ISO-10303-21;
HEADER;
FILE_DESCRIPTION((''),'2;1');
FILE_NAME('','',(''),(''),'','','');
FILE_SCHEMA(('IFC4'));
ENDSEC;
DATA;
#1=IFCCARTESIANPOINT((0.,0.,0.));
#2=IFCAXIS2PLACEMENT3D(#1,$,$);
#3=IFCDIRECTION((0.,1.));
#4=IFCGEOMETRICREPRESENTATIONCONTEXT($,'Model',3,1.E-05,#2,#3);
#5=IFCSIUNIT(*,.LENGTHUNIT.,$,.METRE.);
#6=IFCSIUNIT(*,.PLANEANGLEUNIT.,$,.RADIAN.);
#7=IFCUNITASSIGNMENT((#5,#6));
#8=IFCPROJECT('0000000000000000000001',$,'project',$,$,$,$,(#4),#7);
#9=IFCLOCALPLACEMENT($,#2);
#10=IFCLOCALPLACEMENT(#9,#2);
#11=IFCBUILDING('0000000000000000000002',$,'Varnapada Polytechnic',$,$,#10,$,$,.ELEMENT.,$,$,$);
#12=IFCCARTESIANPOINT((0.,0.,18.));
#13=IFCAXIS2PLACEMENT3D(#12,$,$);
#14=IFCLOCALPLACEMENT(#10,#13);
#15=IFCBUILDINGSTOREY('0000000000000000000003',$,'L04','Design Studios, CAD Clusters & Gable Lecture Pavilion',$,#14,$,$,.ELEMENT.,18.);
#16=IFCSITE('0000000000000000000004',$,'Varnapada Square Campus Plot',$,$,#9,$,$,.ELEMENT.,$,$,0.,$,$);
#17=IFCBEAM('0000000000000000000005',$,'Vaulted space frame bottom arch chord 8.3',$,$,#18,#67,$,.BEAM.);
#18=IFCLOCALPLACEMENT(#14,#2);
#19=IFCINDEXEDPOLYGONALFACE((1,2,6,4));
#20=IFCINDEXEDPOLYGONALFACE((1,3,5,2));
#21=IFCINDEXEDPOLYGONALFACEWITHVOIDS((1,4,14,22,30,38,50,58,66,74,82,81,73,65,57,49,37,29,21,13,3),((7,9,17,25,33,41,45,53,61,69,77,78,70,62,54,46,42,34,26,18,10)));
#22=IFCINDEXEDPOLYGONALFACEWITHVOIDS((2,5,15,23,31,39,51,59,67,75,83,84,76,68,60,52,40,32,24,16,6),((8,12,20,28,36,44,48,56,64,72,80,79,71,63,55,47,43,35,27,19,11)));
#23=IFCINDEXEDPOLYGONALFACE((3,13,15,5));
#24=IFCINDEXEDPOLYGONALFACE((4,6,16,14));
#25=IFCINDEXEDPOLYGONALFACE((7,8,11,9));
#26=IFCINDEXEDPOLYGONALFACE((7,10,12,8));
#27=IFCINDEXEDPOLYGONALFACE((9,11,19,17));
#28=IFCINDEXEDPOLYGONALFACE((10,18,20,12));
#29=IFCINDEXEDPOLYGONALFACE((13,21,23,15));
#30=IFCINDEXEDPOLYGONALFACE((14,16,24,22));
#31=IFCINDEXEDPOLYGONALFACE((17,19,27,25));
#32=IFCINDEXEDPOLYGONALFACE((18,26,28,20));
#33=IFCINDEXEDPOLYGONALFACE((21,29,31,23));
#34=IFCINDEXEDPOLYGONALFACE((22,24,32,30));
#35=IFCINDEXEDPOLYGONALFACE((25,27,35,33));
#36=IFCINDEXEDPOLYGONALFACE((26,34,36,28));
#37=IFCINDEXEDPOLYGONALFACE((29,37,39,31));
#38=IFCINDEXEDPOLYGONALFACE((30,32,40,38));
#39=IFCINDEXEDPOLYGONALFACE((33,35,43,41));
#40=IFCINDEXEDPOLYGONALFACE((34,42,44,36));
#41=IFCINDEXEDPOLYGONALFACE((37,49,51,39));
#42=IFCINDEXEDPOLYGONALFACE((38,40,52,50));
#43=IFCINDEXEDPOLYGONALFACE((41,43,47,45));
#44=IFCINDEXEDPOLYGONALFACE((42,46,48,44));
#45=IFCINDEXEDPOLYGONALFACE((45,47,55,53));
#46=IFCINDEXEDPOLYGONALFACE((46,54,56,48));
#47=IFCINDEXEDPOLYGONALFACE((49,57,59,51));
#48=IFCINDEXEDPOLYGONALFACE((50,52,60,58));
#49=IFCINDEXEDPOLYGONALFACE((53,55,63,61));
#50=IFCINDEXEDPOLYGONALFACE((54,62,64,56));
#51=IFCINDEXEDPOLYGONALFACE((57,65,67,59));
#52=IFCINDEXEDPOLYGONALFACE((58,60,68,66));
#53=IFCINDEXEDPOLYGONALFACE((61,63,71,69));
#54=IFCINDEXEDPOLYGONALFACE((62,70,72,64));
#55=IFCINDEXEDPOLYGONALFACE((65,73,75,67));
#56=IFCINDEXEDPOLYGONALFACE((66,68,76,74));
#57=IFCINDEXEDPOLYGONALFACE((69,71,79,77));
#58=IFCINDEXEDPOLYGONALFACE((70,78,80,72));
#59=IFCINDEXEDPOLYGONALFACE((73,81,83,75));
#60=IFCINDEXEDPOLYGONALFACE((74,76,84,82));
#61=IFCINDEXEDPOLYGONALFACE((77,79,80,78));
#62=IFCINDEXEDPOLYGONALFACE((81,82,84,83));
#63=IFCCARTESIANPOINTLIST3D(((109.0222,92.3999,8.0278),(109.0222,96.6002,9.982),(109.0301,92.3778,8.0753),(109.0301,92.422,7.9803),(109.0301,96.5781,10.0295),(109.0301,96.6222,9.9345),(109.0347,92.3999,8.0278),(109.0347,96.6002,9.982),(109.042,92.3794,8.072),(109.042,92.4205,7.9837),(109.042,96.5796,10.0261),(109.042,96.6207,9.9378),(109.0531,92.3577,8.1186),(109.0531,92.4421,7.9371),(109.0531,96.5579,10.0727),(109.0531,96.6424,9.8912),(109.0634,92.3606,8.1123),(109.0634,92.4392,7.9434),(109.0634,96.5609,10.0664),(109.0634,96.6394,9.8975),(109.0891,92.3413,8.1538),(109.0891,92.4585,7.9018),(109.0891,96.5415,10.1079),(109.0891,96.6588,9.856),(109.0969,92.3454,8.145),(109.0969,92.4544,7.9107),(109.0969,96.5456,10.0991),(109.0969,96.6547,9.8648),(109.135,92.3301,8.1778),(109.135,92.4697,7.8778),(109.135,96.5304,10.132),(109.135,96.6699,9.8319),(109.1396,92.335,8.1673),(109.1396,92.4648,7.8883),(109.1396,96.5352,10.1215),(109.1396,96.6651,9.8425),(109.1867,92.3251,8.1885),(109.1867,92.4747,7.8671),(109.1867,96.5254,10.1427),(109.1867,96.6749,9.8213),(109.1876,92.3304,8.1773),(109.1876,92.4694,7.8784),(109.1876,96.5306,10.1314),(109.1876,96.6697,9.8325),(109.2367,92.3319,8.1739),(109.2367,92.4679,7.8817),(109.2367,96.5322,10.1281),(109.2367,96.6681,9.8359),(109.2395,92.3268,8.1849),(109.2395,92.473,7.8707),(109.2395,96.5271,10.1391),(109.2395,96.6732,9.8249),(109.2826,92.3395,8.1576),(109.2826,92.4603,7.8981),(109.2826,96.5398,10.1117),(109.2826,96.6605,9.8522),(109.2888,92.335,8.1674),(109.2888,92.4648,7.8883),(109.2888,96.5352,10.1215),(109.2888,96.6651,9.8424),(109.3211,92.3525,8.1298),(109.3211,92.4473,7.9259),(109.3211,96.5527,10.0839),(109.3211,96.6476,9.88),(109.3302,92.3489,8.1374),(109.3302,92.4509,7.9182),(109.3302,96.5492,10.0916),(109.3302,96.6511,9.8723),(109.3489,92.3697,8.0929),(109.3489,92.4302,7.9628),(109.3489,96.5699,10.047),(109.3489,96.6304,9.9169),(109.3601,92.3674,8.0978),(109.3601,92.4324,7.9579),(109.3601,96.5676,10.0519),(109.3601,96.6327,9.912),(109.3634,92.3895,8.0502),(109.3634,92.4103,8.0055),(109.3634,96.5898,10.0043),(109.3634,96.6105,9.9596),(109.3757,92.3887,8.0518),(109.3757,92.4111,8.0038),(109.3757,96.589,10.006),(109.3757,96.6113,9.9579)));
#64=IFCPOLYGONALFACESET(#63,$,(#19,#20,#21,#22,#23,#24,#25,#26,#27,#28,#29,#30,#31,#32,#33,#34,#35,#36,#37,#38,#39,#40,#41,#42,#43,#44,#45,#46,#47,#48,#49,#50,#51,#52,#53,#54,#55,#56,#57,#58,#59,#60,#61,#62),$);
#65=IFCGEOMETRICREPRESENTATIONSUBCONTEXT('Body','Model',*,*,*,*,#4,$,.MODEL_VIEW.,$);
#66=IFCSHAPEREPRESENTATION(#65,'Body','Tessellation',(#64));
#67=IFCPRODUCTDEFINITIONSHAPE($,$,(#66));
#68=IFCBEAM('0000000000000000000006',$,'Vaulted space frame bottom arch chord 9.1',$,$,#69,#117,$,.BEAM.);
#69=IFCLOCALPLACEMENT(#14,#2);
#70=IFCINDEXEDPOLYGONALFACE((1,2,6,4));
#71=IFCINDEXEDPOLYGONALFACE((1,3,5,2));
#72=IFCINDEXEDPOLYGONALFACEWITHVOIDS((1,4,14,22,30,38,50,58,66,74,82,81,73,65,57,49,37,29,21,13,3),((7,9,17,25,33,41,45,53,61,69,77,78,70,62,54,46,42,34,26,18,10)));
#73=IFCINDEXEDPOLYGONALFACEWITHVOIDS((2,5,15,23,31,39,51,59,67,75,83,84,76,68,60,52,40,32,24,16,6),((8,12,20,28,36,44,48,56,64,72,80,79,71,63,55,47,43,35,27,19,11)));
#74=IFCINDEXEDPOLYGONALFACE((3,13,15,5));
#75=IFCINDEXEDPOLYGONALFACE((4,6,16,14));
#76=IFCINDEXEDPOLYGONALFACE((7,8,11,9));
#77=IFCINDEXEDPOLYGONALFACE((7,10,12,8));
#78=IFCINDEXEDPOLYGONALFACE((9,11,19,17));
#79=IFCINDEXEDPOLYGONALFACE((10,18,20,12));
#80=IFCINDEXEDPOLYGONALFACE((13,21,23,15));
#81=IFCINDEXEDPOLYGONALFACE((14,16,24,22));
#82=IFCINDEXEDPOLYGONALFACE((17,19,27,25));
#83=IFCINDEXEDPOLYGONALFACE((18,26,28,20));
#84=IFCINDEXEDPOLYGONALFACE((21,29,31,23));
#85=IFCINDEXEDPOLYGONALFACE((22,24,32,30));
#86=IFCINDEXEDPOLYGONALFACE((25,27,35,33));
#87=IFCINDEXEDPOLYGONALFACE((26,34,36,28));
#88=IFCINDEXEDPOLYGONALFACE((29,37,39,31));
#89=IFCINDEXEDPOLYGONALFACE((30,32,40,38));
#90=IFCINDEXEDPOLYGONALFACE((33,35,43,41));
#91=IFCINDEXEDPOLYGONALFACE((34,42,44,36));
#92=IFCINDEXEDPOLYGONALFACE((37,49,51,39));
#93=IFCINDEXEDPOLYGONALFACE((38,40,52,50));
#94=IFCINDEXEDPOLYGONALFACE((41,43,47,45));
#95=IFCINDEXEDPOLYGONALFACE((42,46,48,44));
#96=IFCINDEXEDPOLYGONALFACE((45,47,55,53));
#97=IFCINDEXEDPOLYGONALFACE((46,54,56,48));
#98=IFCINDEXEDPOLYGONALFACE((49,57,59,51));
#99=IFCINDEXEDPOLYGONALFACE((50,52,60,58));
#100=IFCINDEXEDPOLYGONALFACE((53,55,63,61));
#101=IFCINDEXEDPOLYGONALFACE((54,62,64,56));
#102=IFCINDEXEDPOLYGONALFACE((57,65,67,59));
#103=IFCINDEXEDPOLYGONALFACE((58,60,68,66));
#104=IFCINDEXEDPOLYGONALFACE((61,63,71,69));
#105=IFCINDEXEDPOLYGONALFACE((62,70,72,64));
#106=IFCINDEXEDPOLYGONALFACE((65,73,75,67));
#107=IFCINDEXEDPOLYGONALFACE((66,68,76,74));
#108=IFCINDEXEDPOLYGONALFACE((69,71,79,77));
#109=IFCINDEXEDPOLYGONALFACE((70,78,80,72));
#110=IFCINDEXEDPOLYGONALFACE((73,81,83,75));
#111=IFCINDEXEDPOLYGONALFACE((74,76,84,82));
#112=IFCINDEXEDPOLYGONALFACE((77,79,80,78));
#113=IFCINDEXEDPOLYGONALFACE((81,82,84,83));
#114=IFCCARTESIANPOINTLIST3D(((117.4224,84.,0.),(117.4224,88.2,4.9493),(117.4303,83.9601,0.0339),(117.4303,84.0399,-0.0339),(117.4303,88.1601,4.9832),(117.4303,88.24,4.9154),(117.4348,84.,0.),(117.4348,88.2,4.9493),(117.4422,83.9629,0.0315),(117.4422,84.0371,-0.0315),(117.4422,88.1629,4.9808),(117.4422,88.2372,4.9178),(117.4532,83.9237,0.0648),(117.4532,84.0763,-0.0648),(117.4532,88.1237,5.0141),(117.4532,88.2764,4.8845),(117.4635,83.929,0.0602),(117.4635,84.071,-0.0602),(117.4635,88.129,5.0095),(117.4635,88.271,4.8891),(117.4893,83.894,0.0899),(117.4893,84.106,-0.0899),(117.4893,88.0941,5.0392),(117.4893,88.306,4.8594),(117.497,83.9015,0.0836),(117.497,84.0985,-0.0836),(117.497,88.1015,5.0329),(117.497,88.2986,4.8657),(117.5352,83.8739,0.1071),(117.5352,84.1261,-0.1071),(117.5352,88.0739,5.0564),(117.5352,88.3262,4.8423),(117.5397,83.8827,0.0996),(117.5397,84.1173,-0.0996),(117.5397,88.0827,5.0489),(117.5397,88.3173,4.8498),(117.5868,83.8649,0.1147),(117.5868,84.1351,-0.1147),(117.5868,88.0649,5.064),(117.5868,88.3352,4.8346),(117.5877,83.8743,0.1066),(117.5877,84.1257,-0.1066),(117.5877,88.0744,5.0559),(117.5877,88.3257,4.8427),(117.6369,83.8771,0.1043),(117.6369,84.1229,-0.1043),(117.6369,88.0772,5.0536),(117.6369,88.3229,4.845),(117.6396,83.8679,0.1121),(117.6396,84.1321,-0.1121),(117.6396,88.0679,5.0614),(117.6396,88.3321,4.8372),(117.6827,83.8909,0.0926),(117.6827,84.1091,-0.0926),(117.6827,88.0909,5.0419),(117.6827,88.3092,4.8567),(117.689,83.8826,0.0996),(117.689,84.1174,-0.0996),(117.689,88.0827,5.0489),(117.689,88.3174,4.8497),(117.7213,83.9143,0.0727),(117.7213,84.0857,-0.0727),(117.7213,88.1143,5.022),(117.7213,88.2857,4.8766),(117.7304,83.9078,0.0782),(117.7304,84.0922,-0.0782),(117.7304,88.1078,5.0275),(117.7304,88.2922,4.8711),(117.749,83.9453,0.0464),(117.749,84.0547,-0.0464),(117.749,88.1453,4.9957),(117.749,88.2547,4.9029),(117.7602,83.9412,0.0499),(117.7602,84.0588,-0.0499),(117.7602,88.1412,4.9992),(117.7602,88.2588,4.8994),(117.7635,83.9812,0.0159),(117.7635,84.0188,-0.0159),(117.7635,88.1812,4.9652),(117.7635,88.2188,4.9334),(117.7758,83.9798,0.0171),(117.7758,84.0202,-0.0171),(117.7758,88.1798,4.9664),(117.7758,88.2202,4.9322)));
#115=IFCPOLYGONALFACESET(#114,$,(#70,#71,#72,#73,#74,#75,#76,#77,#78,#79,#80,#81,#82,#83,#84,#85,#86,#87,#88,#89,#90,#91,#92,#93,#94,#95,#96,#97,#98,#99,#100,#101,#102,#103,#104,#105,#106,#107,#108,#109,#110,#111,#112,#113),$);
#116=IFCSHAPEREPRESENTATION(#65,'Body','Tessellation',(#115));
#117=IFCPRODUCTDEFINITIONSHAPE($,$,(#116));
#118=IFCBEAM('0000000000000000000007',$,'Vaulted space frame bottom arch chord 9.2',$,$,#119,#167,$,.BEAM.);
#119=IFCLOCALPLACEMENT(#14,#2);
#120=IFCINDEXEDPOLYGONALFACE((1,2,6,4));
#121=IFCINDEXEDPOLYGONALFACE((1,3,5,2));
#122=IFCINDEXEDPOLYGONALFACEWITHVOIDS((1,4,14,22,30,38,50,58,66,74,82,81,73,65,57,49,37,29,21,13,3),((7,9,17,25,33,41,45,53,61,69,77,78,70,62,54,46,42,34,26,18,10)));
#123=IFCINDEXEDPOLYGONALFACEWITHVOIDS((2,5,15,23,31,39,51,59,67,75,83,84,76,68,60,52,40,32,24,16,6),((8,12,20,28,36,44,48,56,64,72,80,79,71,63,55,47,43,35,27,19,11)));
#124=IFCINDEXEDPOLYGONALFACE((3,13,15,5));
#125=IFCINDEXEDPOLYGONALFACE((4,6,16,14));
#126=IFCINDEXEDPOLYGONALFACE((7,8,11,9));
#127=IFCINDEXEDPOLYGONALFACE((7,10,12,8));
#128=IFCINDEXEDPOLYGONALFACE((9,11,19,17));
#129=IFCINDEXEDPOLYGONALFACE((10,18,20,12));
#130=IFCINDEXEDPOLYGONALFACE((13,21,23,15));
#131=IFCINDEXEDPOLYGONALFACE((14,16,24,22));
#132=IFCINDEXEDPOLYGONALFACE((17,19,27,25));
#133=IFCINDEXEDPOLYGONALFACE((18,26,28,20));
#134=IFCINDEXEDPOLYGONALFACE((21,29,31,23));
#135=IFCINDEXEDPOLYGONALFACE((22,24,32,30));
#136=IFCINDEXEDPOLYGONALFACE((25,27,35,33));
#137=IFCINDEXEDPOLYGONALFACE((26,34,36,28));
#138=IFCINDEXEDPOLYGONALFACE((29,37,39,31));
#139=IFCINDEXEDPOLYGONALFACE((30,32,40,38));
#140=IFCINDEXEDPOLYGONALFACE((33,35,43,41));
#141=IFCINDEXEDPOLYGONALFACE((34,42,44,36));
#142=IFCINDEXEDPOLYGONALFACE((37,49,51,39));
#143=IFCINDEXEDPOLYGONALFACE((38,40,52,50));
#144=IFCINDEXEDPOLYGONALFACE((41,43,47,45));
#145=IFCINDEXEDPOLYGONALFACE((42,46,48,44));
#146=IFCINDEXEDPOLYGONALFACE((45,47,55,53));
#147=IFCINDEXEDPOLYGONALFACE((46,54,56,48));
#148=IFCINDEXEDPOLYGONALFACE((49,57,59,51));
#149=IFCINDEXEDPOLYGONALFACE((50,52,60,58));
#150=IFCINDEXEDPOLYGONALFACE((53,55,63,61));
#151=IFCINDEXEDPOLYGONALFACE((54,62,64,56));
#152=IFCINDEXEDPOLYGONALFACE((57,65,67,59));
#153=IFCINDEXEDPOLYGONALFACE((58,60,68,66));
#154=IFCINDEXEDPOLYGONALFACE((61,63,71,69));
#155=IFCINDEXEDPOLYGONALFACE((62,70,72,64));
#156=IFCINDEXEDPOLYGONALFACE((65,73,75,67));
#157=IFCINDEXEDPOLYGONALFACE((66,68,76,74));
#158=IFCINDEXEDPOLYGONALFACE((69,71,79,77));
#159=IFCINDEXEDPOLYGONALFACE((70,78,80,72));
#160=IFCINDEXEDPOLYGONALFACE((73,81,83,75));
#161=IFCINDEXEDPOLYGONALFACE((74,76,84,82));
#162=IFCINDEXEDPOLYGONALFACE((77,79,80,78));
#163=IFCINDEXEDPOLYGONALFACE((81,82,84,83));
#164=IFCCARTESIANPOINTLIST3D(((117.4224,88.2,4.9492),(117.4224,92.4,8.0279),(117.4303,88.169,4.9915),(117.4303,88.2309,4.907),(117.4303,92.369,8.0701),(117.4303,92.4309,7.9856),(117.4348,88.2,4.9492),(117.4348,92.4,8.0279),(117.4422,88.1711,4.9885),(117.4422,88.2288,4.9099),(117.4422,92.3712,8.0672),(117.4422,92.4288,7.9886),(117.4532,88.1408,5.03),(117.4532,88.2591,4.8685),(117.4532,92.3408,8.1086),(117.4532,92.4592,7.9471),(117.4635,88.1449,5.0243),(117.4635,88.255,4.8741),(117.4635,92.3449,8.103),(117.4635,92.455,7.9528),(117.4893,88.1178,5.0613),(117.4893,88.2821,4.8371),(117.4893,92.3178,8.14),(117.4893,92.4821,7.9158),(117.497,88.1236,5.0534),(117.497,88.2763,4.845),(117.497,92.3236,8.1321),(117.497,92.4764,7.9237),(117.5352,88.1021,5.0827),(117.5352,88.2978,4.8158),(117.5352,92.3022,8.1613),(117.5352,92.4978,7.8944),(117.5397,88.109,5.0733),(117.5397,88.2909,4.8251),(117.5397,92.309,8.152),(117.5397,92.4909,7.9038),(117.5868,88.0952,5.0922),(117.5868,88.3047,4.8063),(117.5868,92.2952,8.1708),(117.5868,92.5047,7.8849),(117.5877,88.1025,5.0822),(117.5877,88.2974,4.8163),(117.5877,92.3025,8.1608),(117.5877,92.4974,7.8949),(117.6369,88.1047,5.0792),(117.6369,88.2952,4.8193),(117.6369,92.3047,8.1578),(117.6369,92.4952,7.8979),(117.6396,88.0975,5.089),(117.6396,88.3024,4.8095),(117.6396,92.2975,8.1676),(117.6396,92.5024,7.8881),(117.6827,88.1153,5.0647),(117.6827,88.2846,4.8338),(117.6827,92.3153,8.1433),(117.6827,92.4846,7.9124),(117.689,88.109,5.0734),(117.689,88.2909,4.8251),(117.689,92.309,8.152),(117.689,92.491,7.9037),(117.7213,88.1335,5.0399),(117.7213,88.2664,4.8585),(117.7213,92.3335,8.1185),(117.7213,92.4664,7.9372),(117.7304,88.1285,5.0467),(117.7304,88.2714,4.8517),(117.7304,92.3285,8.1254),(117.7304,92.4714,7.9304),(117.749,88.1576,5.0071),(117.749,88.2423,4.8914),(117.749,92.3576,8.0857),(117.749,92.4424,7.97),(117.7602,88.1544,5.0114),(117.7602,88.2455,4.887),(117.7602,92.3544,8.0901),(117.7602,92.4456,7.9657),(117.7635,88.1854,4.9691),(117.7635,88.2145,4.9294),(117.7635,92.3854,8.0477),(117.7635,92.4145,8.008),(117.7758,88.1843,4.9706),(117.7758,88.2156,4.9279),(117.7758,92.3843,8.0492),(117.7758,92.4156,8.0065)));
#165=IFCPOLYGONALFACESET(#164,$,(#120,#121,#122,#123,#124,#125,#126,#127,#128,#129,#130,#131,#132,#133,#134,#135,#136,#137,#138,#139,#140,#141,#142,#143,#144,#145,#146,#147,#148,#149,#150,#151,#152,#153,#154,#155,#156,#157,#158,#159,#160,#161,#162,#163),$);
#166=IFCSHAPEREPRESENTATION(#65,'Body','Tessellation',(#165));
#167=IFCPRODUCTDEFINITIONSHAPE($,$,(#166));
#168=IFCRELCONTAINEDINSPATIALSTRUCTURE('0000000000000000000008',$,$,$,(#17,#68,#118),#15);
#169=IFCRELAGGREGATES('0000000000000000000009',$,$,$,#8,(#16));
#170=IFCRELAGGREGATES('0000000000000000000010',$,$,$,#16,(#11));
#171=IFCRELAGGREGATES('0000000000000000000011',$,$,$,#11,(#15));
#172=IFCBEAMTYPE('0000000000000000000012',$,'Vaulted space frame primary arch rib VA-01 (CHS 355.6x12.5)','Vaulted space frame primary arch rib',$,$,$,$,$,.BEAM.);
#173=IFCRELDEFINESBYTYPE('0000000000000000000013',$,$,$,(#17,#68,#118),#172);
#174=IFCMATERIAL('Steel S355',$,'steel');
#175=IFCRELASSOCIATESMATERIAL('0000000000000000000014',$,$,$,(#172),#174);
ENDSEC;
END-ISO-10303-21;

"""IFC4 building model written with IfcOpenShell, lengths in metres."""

from ifc_helpers import new_model, si_unit, direction, frame, origin, origin_2d, place, context, subcontext, project, spatial, hollow_circle, extrude, material, material_profile, profile_set, type_object, element, save


model = new_model("IFC4")

# Units and contexts
model_context = context("Model", 3, precision=1e-05, world=origin(), true_north=direction((0.0, 1.0)))
body_context = subcontext(model_context, "Body", "Model", "MODEL_VIEW")
ifc_project = project(units=[si_unit("LENGTHUNIT", "METRE"), si_unit("PLANEANGLEUNIT", "RADIAN")], contexts=[model_context])

# Site, building, storey
site_placement = place(None, origin())
site = spatial("IfcSite", under=ifc_project, at=site_placement, Name="Varnapada Square Campus Plot", CompositionType="ELEMENT", RefElevation=0.0)
building_placement = place(site_placement, origin())
building = spatial("IfcBuilding", under=site, at=building_placement, Name="Varnapada Polytechnic", CompositionType="ELEMENT")
storey_placement = place(building_placement, frame((0.0, 0.0, 18.0)))
storey = spatial("IfcBuildingStorey", under=building, at=storey_placement, Name="L04", Description="Design Studios, CAD Clusters & Gable Lecture Pavilion", CompositionType="ELEMENT", Elevation=18.0)

# Shared definitions
ifc_material = material(Name="Steel S355", Category="steel")

# Beams
ifc_material_profile_1 = material_profile(ifc_material, hollow_circle(Radius=0.1777, WallThickness=0.0125, at=origin_2d()), Name="CHS 355.6x12.5")
ifc_profile_set_1 = profile_set([ifc_material_profile_1], Name="Steel S355")
beam_type_1 = type_object("IfcBeamType", Name="Vaulted space frame primary arch rib VA-01 (CHS 355.6x12.5)", Description="Vaulted space frame primary arch rib", PredefinedType="BEAM", material=ifc_profile_set_1)
beam_1_placement = place(storey_placement, frame((109.2, 92.3999, 8.0278), z_axis=(0.0, 0.906678, 0.421823), x_axis=(-1.0, 0.0, 0.0)))
element("IfcBeam", 1, at=beam_1_placement, inside=storey, type_object=beam_type_1, Name="Vaulted space frame bottom arch chord 8.3", PredefinedType="BEAM", context=body_context, shape_type="SweptSolid", body=[
    extrude(hollow_circle(Radius=0.1777, WallThickness=0.0125, at=origin_2d()), origin(), (0.0, 0.0, 1.0), 4.6326),
])
beam_2_placement = place(storey_placement, frame((117.6001, 84.0, 0.0), z_axis=(0.0, 0.647032, 0.762462), x_axis=(-1.0, 0.0, 0.0)))
element("IfcBeam", 2, at=beam_2_placement, inside=storey, type_object=beam_type_1, Name="Vaulted space frame bottom arch chord 9.1", PredefinedType="BEAM", context=body_context, shape_type="SweptSolid", body=[
    extrude(hollow_circle(Radius=0.1777, WallThickness=0.0125, at=origin_2d()), origin(), (0.0, 0.0, 1.0), 6.4912),
])
beam_3_placement = place(storey_placement, frame((117.6001, 88.2, 4.9492), z_axis=(0.0, 0.806529, 0.591195), x_axis=(-1.0, 0.0, 0.0)))
element("IfcBeam", 3, at=beam_3_placement, inside=storey, type_object=beam_type_1, Name="Vaulted space frame bottom arch chord 9.2", PredefinedType="BEAM", context=body_context, shape_type="SweptSolid", body=[
    extrude(hollow_circle(Radius=0.1777, WallThickness=0.0125, at=origin_2d()), origin(), (0.0, 0.0, 1.0), 5.2075),
])

save(model, "model.ifc")
